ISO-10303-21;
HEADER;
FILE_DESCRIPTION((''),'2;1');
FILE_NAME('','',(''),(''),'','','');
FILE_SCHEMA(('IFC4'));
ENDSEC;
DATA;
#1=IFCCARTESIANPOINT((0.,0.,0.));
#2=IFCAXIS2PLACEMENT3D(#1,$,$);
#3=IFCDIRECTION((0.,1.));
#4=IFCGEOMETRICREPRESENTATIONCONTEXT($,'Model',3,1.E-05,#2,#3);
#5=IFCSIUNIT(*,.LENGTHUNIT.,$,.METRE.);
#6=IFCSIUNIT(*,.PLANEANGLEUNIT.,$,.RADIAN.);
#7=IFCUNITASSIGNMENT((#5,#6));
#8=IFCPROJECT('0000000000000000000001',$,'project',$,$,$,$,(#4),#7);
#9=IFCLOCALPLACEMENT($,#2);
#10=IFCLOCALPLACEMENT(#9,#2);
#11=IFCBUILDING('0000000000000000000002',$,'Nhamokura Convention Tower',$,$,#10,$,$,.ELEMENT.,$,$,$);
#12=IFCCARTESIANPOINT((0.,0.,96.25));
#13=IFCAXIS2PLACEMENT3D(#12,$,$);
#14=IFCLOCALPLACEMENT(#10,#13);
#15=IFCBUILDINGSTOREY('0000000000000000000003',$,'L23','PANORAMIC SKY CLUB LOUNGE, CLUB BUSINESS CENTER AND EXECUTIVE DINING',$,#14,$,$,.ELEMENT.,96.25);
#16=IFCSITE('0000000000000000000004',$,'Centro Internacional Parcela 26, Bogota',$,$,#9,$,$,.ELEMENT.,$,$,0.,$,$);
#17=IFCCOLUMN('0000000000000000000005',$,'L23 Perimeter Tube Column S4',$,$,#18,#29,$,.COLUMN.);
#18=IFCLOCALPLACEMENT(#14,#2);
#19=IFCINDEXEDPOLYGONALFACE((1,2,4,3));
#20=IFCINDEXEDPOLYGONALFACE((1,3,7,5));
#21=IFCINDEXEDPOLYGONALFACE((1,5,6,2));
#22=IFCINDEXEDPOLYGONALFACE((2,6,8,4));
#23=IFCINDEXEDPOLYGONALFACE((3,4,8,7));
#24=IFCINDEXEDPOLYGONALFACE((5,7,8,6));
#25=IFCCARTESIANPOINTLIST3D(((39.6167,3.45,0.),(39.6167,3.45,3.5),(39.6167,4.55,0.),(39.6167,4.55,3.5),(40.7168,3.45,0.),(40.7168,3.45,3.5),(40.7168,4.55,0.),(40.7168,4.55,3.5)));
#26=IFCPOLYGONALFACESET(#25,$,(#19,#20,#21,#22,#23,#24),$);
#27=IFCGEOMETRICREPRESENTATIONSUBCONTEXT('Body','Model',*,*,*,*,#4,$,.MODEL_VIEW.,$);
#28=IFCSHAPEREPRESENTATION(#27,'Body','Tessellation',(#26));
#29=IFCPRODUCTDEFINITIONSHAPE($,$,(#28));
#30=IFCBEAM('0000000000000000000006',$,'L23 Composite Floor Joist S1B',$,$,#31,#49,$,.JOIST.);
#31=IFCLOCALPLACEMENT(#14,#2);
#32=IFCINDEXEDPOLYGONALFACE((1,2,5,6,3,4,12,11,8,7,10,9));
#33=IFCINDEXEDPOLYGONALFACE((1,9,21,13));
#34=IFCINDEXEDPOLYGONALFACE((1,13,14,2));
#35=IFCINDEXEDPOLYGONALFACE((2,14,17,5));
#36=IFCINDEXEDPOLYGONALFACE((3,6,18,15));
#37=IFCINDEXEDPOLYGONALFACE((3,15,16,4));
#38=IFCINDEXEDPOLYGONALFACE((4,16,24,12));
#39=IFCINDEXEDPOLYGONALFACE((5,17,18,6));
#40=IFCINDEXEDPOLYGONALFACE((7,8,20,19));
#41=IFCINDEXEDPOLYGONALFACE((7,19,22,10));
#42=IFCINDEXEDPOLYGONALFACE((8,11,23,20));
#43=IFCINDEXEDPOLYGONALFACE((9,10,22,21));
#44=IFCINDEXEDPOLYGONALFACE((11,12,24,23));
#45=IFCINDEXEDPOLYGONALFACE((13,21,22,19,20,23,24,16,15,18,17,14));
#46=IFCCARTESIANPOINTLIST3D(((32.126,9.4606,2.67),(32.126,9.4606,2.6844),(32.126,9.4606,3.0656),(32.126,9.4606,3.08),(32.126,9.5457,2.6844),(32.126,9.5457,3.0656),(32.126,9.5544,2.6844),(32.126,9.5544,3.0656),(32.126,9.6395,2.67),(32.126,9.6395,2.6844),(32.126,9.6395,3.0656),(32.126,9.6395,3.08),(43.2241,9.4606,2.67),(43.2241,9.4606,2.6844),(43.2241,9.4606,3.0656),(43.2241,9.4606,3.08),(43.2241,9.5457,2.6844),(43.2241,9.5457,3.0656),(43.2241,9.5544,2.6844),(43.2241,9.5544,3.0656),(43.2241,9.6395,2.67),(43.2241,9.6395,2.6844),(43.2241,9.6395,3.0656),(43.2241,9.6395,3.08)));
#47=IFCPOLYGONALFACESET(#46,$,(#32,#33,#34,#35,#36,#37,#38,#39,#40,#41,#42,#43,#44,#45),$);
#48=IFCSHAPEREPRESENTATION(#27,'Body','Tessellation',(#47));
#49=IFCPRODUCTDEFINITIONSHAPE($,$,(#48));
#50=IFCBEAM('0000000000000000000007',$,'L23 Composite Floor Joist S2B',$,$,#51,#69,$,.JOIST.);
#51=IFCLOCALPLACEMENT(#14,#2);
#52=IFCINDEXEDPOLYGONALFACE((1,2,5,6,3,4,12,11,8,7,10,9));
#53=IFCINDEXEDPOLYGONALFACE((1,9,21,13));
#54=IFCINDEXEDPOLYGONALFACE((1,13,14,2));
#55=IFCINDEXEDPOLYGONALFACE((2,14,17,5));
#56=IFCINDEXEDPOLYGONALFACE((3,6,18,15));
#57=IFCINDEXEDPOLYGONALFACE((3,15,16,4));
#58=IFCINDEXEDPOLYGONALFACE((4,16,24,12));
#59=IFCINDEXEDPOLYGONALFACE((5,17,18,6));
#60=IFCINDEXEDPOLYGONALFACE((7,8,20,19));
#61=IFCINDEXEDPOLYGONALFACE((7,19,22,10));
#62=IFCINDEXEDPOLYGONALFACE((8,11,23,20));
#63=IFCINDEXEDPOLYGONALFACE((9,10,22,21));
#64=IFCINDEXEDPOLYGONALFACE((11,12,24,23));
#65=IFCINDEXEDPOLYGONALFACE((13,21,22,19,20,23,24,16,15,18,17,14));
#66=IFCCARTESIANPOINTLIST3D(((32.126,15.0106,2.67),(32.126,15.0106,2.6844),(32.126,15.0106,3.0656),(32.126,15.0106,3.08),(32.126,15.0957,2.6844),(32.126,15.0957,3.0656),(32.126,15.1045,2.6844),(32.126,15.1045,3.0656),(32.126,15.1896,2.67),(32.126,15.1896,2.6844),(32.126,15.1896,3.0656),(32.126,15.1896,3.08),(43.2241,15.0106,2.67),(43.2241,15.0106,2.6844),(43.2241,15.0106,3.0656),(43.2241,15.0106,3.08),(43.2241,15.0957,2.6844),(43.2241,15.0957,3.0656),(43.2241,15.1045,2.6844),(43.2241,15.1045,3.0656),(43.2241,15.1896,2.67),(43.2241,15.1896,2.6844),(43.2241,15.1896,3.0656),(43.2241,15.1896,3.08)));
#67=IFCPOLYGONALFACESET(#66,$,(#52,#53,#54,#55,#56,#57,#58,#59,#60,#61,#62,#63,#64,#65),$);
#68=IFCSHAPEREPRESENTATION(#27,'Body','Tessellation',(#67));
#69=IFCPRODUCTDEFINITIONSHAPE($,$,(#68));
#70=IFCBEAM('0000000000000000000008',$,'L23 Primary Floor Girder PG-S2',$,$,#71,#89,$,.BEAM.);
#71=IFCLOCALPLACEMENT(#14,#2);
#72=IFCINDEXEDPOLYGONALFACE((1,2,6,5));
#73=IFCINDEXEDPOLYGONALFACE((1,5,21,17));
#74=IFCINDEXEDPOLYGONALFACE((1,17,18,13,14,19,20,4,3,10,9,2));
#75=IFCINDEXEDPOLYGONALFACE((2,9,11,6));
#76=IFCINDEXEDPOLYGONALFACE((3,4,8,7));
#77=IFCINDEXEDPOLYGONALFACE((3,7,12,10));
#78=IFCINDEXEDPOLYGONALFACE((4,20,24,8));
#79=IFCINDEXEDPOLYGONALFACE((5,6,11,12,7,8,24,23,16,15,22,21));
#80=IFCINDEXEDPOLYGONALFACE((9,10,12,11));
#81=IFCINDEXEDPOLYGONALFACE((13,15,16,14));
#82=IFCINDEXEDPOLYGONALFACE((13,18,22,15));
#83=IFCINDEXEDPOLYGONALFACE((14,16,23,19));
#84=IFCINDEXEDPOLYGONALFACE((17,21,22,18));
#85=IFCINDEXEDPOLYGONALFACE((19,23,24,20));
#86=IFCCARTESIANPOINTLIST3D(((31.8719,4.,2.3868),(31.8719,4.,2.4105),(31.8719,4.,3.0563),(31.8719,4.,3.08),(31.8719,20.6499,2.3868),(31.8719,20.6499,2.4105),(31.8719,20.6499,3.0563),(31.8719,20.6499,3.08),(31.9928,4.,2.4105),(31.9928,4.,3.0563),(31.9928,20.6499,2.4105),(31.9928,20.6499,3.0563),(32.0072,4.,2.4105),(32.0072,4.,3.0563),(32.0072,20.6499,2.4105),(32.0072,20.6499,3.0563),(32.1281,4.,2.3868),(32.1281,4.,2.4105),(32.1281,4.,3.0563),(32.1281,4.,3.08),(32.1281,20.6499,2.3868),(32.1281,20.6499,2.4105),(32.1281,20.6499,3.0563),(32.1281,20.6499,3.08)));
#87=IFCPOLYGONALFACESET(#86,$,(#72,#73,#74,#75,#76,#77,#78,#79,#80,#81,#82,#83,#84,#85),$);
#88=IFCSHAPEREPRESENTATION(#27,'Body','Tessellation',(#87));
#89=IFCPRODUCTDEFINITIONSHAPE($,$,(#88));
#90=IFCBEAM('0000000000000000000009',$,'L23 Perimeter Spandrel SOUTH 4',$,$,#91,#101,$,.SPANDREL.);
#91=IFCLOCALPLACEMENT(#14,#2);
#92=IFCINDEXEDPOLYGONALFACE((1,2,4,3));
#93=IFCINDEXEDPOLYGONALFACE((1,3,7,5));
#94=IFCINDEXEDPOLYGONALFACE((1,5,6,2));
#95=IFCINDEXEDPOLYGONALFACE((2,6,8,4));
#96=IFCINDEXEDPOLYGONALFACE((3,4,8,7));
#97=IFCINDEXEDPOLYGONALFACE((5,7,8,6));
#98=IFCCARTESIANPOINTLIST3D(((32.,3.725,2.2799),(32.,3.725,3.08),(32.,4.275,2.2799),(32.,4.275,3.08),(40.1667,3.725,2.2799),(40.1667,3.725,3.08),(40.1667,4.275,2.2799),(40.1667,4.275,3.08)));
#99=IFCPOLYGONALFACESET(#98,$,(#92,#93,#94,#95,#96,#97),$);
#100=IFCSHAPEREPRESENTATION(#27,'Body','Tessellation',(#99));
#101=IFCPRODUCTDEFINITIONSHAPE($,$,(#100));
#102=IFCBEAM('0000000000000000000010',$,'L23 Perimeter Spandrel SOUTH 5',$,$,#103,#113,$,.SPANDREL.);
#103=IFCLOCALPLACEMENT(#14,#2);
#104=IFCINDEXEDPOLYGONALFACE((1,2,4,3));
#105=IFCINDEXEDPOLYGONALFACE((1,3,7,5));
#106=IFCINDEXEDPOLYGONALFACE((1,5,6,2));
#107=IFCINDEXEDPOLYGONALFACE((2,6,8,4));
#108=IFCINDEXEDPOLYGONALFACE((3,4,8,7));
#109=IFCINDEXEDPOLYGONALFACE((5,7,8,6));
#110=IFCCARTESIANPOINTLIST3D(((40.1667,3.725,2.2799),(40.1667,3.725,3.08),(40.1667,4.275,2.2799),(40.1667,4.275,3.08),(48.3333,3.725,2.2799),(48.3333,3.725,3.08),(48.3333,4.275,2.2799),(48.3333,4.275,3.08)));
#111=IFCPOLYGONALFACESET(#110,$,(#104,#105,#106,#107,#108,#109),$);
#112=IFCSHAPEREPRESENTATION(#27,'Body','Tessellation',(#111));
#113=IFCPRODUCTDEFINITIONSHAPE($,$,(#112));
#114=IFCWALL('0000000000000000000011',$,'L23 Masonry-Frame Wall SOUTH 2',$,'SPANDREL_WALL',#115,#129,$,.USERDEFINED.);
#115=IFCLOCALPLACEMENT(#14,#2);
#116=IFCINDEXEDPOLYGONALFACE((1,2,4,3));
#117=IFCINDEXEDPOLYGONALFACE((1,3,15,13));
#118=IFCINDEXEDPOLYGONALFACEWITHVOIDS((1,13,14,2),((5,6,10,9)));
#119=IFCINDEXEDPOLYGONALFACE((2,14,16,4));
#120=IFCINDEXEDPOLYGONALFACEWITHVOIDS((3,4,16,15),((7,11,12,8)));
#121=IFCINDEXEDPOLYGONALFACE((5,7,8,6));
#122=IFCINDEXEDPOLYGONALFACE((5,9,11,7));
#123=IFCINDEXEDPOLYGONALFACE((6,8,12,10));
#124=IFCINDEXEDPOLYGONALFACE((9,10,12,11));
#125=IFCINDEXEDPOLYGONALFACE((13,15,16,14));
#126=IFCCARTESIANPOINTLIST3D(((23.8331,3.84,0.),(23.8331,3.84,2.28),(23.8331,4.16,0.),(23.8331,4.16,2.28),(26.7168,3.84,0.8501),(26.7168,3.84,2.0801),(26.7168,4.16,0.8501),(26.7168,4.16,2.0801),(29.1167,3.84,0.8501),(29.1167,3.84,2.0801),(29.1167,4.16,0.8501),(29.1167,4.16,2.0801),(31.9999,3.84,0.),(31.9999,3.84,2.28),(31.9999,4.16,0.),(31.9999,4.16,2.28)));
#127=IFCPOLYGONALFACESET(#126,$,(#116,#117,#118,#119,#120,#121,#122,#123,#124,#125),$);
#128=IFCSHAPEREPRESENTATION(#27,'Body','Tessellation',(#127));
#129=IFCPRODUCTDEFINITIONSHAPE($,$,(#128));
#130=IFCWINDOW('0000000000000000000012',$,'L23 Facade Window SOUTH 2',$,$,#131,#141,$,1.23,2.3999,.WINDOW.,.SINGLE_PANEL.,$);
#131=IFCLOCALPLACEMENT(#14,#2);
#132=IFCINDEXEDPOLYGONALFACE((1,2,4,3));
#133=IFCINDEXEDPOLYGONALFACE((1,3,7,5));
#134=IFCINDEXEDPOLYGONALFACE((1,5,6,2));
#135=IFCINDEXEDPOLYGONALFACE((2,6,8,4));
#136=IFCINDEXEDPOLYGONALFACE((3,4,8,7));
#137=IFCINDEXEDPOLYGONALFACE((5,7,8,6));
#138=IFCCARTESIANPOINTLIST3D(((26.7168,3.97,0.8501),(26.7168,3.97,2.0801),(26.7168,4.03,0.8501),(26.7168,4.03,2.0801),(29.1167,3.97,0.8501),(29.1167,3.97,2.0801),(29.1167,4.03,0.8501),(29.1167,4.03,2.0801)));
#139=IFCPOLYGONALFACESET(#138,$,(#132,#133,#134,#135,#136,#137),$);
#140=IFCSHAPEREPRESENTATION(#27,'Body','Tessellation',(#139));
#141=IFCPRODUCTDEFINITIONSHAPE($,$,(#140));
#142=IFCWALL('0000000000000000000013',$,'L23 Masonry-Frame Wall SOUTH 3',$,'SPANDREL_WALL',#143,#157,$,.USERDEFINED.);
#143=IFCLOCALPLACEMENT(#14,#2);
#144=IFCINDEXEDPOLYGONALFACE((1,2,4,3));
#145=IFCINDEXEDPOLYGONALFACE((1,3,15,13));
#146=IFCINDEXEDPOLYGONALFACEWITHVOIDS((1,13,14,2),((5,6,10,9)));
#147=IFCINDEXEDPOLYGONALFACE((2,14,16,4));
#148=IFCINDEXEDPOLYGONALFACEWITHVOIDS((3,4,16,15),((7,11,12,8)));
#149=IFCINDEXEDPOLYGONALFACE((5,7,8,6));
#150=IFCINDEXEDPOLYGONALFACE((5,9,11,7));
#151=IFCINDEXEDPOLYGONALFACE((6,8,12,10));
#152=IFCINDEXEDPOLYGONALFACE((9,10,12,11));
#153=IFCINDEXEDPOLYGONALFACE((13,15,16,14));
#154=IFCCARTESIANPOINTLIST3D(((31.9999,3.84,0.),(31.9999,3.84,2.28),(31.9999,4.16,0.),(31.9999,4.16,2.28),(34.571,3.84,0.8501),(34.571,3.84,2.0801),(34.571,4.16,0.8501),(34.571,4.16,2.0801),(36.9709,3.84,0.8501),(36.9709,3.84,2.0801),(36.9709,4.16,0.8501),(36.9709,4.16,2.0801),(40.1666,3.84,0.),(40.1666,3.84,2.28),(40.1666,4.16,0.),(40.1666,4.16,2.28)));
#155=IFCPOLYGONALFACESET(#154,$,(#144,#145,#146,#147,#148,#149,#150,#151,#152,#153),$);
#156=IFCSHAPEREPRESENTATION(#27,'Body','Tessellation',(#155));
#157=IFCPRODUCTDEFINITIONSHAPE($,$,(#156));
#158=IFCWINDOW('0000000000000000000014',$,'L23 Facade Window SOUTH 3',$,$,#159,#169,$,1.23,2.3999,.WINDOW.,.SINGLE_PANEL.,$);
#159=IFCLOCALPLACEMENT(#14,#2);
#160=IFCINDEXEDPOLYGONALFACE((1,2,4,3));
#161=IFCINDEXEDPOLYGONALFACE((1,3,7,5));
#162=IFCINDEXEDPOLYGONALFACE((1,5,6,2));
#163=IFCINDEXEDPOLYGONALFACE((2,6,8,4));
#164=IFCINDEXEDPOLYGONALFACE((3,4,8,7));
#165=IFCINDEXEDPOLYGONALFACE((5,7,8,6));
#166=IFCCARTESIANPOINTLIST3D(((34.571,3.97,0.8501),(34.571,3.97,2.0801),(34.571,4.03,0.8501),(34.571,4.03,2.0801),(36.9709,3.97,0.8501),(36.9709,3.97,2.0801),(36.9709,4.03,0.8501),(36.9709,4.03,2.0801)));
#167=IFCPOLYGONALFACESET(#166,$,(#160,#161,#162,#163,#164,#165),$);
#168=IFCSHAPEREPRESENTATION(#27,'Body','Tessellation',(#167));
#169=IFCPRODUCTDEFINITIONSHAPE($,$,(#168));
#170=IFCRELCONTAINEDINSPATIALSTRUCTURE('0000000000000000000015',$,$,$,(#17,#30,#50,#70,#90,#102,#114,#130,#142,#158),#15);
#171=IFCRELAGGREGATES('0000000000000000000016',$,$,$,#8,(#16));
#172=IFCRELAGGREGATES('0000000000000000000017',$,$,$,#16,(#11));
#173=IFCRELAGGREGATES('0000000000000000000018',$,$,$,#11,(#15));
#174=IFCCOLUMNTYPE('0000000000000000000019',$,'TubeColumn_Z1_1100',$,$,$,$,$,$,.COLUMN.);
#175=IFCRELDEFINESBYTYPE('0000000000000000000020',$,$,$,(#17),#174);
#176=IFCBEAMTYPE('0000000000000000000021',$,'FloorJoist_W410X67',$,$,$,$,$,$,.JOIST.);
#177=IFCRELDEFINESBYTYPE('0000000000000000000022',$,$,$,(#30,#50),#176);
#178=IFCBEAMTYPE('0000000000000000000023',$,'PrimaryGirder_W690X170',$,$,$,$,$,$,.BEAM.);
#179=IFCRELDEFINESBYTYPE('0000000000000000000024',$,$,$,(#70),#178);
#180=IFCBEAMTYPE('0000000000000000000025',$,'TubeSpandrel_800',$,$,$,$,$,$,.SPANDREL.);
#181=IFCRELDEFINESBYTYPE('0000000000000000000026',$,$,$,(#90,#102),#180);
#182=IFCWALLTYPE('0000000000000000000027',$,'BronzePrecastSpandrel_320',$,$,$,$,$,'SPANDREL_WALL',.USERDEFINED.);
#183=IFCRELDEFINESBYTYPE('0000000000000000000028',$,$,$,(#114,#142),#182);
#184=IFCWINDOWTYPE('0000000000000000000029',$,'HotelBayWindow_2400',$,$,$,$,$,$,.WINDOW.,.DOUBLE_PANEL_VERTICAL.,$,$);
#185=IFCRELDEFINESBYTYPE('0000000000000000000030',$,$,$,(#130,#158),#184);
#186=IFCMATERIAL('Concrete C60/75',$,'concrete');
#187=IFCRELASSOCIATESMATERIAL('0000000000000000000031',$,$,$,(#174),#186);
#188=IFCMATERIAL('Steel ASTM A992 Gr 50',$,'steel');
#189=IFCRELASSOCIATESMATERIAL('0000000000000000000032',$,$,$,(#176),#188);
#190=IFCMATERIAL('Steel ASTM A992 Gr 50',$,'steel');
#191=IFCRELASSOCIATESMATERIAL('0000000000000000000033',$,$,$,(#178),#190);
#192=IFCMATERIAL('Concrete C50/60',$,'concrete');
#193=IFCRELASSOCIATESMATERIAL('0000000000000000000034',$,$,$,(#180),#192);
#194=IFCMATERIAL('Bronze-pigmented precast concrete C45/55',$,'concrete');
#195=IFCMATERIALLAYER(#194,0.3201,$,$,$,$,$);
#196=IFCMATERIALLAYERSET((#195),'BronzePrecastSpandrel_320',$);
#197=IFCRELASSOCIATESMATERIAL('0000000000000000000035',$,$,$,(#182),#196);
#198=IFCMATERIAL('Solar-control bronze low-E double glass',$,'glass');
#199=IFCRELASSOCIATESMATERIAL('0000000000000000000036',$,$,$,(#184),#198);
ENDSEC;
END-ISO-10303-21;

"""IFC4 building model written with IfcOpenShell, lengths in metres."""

from ifc_helpers import new_model, si_unit, direction, frame, frame_2d, origin, origin_2d, place, context, subcontext, project, spatial, rectangle, i_section, extrude, material, layer, layer_set, material_profile, profile_set, type_object, element, fill, save


model = new_model("IFC4")

# Units and contexts
model_context = context("Model", 3, precision=1e-05, world=origin(), true_north=direction((0.0, 1.0)))
body_context = subcontext(model_context, "Body", "Model", "MODEL_VIEW")
ifc_project = project(units=[si_unit("LENGTHUNIT", "METRE"), si_unit("PLANEANGLEUNIT", "RADIAN")], contexts=[model_context])

# Site, building, storey
site_placement = place(None, origin())
site = spatial("IfcSite", under=ifc_project, at=site_placement, Name="Centro Internacional Parcela 26, Bogota", CompositionType="ELEMENT", RefElevation=0.0)
building_placement = place(site_placement, origin())
building = spatial("IfcBuilding", under=site, at=building_placement, Name="Nhamokura Convention Tower", CompositionType="ELEMENT")
storey_placement = place(building_placement, frame((0.0, 0.0, 96.25)))
storey = spatial("IfcBuildingStorey", under=building, at=storey_placement, Name="L23", Description="PANORAMIC SKY CLUB LOUNGE, CLUB BUSINESS CENTER AND EXECUTIVE DINING", CompositionType="ELEMENT", Elevation=96.25)

# Column
ifc_material_1 = material(Name="Concrete C60/75", Category="concrete")
ifc_material_profile_1 = material_profile(ifc_material_1, rectangle(XDim=1.1001, YDim=1.1001, at=origin_2d()))
ifc_profile_set_1 = profile_set([ifc_material_profile_1], Name="Concrete C60/75")
column_type = type_object("IfcColumnType", Name="TubeColumn_Z1_1100", PredefinedType="COLUMN", material=ifc_profile_set_1)
column_placement = place(storey_placement, frame((40.1667, 4.0, 0.0), z_axis=(0.0, 0.0, 1.0), x_axis=(1.0, 0.0, 0.0)))
element("IfcColumn", 1, at=column_placement, inside=storey, type_object=column_type, Name="L23 Perimeter Tube Column S4", PredefinedType="COLUMN", context=body_context, shape_type="SweptSolid", body=[
    extrude(rectangle(XDim=1.1001, YDim=1.1001, at=origin_2d()), origin(), (0.0, 0.0, 1.0), 3.5),
])

# Beams
ifc_material_2 = material(Name="Steel ASTM A992 Gr 50", Category="steel")
ifc_material_profile_2 = material_profile(ifc_material_2, i_section(OverallWidth=0.179, OverallDepth=0.4099, WebThickness=0.0088, FlangeThickness=0.0144, at=origin_2d()))
ifc_profile_set_2 = profile_set([ifc_material_profile_2], Name="Steel ASTM A992 Gr 50")
beam_type_1 = type_object("IfcBeamType", Name="FloorJoist_W410X67", PredefinedType="JOIST", material=ifc_profile_set_2)
for number, where, z_axis, x_axis, name in (
    (2, (32.126, 9.55, 2.875), (1.0, 0.0, 0.0), (0.0, 1.0, 0.0), "L23 Composite Floor Joist S1B"),
    (3, (32.126, 15.1001, 2.875), (1.0, 0.0, 0.0), (0.0, 1.0, 0.0), "L23 Composite Floor Joist S2B"),
):
    element("IfcBeam", number, at=place(storey_placement, frame(where, z_axis=z_axis, x_axis=x_axis)), inside=storey, type_object=beam_type_1, Name=name, PredefinedType="JOIST", context=body_context, shape_type="SweptSolid", body=[
        extrude(i_section(OverallWidth=0.179, OverallDepth=0.4099, WebThickness=0.0088, FlangeThickness=0.0144, at=origin_2d()), origin(), (0.0, 0.0, 1.0), 11.0981),
    ])
ifc_material_3 = material(Name="Steel ASTM A992 Gr 50", Category="steel")
ifc_material_profile_3 = material_profile(ifc_material_3, i_section(OverallWidth=0.2561, OverallDepth=0.6931, WebThickness=0.0144, FlangeThickness=0.0237, at=origin_2d()))
ifc_profile_set_3 = profile_set([ifc_material_profile_3], Name="Steel ASTM A992 Gr 50")
beam_type_2 = type_object("IfcBeamType", Name="PrimaryGirder_W690X170", PredefinedType="BEAM", material=ifc_profile_set_3)
beam_1_placement = place(storey_placement, frame((32.0, 4.0, 2.7334), z_axis=(0.0, 1.0, 0.0), x_axis=(-1.0, 0.0, 0.0)))
element("IfcBeam", 4, at=beam_1_placement, inside=storey, type_object=beam_type_2, Name="L23 Primary Floor Girder PG-S2", PredefinedType="BEAM", context=body_context, shape_type="SweptSolid", body=[
    extrude(i_section(OverallWidth=0.2561, OverallDepth=0.6931, WebThickness=0.0144, FlangeThickness=0.0237, at=origin_2d()), origin(), (0.0, 0.0, 1.0), 16.6499),
])
ifc_material_4 = material(Name="Concrete C50/60", Category="concrete")
ifc_material_profile_4 = material_profile(ifc_material_4, rectangle(XDim=0.55, YDim=0.8, at=origin_2d()))
ifc_profile_set_4 = profile_set([ifc_material_profile_4], Name="Concrete C50/60")
beam_type_3 = type_object("IfcBeamType", Name="TubeSpandrel_800", PredefinedType="SPANDREL", material=ifc_profile_set_4)
beam_2_placement = place(storey_placement, frame((32.0, 4.0, 2.6799), z_axis=(1.0, 0.0, 0.0), x_axis=(0.0, 1.0, 0.0)))
element("IfcBeam", 5, at=beam_2_placement, inside=storey, type_object=beam_type_3, Name="L23 Perimeter Spandrel SOUTH 4", PredefinedType="SPANDREL", context=body_context, shape_type="SweptSolid", body=[
    extrude(rectangle(XDim=0.55, YDim=0.8, at=origin_2d()), origin(), (0.0, 0.0, 1.0), 8.1667),
])
beam_3_placement = place(storey_placement, frame((40.1667, 4.0, 2.6799), z_axis=(1.0, 0.0, 0.0), x_axis=(0.0, 1.0, 0.0)))
element("IfcBeam", 6, at=beam_3_placement, inside=storey, type_object=beam_type_3, Name="L23 Perimeter Spandrel SOUTH 5", PredefinedType="SPANDREL", context=body_context, shape_type="SweptSolid", body=[
    extrude(rectangle(XDim=0.55, YDim=0.8, at=origin_2d()), origin(), (0.0, 0.0, 1.0), 8.1665),
])

# Walls, openings, windows
ifc_material_5 = material(Name="Bronze-pigmented precast concrete C45/55", Category="concrete")
ifc_layer_1 = layer(ifc_material_5, 0.3201)
ifc_layer_set_1 = layer_set([ifc_layer_1], Name="BronzePrecastSpandrel_320")
wall_type_1 = type_object("IfcWallType", Name="BronzePrecastSpandrel_320", ElementType="SPANDREL_WALL", PredefinedType="USERDEFINED", material=ifc_layer_set_1)
wall_1_placement = place(storey_placement, frame((32.0, 4.0, 0.0), z_axis=(0.0, 0.0, 1.0), x_axis=(-1.0, 0.0, 0.0)))
wall_1 = element("IfcWall", 7, at=wall_1_placement, inside=storey, type_object=wall_type_1, Name="L23 Masonry-Frame Wall SOUTH 2", ObjectType="SPANDREL_WALL", PredefinedType="USERDEFINED", context=body_context, shape_type="SweptSolid", body=[
    extrude(rectangle(XDim=8.1667, YDim=0.3201, at=frame_2d((4.0835, 0.0))), origin(), (0.0, 0.0, 1.0), 2.28),
])
opening_1_placement = place(wall_1_placement, frame((2.8833, 0.0, 0.8501)))
opening_1 = element("IfcOpeningElement", 8, at=opening_1_placement, cuts=wall_1, PredefinedType="OPENING", context=body_context, shape_type="SweptSolid", body=[
    extrude(rectangle(XDim=2.3999, YDim=1.23, at=frame_2d((1.2, 0.615))), frame((0.0, 0.1699, 0.0), z_axis=(0.0, -1.0, 0.0), x_axis=(1.0, 0.0, 0.0)), (0.0, 0.0, 1.0), 0.3401),
])
ifc_material_6 = material(Name="Solar-control bronze low-E double glass", Category="glass")
window_type = type_object("IfcWindowType", Name="HotelBayWindow_2400", PartitioningType="DOUBLE_PANEL_VERTICAL", PredefinedType="WINDOW", material=ifc_material_6)
window_1_placement = place(opening_1_placement, origin())
window_1 = element("IfcWindow", 9, at=window_1_placement, inside=storey, type_object=window_type, Name="L23 Facade Window SOUTH 2", OverallHeight=1.23, OverallWidth=2.3999, PartitioningType="SINGLE_PANEL", PredefinedType="WINDOW", context=body_context, shape_type="SweptSolid", body=[
    extrude(rectangle(XDim=2.3999, YDim=1.23, at=frame_2d((1.2, 0.615))), frame((0.0, 0.03, 0.0), z_axis=(0.0, -1.0, 0.0), x_axis=(1.0, 0.0, 0.0)), (0.0, 0.0, 1.0), 0.0601),
])
fill(opening_1, window_1)
wall_2_placement = place(storey_placement, frame((40.1667, 4.0, 0.0), z_axis=(0.0, 0.0, 1.0), x_axis=(-1.0, 0.0, 0.0)))
wall_2 = element("IfcWall", 10, at=wall_2_placement, inside=storey, type_object=wall_type_1, Name="L23 Masonry-Frame Wall SOUTH 3", ObjectType="SPANDREL_WALL", PredefinedType="USERDEFINED", context=body_context, shape_type="SweptSolid", body=[
    extrude(rectangle(XDim=8.1667, YDim=0.3201, at=frame_2d((4.0835, 0.0))), origin(), (0.0, 0.0, 1.0), 2.28),
])
opening_2_placement = place(wall_2_placement, frame((3.1958, 0.0, 0.8501)))
opening_2 = element("IfcOpeningElement", 11, at=opening_2_placement, cuts=wall_2, PredefinedType="OPENING", context=body_context, shape_type="SweptSolid", body=[
    extrude(rectangle(XDim=2.3999, YDim=1.23, at=frame_2d((1.2, 0.615))), frame((0.0, 0.1699, 0.0), z_axis=(0.0, -1.0, 0.0), x_axis=(1.0, 0.0, 0.0)), (0.0, 0.0, 1.0), 0.3401),
])
window_2_placement = place(opening_2_placement, origin())
window_2 = element("IfcWindow", 12, at=window_2_placement, inside=storey, type_object=window_type, Name="L23 Facade Window SOUTH 3", OverallHeight=1.23, OverallWidth=2.3999, PartitioningType="SINGLE_PANEL", PredefinedType="WINDOW", context=body_context, shape_type="SweptSolid", body=[
    extrude(rectangle(XDim=2.3999, YDim=1.23, at=frame_2d((1.2, 0.615))), frame((0.0, 0.03, 0.0), z_axis=(0.0, -1.0, 0.0), x_axis=(1.0, 0.0, 0.0)), (0.0, 0.0, 1.0), 0.0601),
])
fill(opening_2, window_2)

save(model, "model.ifc")
